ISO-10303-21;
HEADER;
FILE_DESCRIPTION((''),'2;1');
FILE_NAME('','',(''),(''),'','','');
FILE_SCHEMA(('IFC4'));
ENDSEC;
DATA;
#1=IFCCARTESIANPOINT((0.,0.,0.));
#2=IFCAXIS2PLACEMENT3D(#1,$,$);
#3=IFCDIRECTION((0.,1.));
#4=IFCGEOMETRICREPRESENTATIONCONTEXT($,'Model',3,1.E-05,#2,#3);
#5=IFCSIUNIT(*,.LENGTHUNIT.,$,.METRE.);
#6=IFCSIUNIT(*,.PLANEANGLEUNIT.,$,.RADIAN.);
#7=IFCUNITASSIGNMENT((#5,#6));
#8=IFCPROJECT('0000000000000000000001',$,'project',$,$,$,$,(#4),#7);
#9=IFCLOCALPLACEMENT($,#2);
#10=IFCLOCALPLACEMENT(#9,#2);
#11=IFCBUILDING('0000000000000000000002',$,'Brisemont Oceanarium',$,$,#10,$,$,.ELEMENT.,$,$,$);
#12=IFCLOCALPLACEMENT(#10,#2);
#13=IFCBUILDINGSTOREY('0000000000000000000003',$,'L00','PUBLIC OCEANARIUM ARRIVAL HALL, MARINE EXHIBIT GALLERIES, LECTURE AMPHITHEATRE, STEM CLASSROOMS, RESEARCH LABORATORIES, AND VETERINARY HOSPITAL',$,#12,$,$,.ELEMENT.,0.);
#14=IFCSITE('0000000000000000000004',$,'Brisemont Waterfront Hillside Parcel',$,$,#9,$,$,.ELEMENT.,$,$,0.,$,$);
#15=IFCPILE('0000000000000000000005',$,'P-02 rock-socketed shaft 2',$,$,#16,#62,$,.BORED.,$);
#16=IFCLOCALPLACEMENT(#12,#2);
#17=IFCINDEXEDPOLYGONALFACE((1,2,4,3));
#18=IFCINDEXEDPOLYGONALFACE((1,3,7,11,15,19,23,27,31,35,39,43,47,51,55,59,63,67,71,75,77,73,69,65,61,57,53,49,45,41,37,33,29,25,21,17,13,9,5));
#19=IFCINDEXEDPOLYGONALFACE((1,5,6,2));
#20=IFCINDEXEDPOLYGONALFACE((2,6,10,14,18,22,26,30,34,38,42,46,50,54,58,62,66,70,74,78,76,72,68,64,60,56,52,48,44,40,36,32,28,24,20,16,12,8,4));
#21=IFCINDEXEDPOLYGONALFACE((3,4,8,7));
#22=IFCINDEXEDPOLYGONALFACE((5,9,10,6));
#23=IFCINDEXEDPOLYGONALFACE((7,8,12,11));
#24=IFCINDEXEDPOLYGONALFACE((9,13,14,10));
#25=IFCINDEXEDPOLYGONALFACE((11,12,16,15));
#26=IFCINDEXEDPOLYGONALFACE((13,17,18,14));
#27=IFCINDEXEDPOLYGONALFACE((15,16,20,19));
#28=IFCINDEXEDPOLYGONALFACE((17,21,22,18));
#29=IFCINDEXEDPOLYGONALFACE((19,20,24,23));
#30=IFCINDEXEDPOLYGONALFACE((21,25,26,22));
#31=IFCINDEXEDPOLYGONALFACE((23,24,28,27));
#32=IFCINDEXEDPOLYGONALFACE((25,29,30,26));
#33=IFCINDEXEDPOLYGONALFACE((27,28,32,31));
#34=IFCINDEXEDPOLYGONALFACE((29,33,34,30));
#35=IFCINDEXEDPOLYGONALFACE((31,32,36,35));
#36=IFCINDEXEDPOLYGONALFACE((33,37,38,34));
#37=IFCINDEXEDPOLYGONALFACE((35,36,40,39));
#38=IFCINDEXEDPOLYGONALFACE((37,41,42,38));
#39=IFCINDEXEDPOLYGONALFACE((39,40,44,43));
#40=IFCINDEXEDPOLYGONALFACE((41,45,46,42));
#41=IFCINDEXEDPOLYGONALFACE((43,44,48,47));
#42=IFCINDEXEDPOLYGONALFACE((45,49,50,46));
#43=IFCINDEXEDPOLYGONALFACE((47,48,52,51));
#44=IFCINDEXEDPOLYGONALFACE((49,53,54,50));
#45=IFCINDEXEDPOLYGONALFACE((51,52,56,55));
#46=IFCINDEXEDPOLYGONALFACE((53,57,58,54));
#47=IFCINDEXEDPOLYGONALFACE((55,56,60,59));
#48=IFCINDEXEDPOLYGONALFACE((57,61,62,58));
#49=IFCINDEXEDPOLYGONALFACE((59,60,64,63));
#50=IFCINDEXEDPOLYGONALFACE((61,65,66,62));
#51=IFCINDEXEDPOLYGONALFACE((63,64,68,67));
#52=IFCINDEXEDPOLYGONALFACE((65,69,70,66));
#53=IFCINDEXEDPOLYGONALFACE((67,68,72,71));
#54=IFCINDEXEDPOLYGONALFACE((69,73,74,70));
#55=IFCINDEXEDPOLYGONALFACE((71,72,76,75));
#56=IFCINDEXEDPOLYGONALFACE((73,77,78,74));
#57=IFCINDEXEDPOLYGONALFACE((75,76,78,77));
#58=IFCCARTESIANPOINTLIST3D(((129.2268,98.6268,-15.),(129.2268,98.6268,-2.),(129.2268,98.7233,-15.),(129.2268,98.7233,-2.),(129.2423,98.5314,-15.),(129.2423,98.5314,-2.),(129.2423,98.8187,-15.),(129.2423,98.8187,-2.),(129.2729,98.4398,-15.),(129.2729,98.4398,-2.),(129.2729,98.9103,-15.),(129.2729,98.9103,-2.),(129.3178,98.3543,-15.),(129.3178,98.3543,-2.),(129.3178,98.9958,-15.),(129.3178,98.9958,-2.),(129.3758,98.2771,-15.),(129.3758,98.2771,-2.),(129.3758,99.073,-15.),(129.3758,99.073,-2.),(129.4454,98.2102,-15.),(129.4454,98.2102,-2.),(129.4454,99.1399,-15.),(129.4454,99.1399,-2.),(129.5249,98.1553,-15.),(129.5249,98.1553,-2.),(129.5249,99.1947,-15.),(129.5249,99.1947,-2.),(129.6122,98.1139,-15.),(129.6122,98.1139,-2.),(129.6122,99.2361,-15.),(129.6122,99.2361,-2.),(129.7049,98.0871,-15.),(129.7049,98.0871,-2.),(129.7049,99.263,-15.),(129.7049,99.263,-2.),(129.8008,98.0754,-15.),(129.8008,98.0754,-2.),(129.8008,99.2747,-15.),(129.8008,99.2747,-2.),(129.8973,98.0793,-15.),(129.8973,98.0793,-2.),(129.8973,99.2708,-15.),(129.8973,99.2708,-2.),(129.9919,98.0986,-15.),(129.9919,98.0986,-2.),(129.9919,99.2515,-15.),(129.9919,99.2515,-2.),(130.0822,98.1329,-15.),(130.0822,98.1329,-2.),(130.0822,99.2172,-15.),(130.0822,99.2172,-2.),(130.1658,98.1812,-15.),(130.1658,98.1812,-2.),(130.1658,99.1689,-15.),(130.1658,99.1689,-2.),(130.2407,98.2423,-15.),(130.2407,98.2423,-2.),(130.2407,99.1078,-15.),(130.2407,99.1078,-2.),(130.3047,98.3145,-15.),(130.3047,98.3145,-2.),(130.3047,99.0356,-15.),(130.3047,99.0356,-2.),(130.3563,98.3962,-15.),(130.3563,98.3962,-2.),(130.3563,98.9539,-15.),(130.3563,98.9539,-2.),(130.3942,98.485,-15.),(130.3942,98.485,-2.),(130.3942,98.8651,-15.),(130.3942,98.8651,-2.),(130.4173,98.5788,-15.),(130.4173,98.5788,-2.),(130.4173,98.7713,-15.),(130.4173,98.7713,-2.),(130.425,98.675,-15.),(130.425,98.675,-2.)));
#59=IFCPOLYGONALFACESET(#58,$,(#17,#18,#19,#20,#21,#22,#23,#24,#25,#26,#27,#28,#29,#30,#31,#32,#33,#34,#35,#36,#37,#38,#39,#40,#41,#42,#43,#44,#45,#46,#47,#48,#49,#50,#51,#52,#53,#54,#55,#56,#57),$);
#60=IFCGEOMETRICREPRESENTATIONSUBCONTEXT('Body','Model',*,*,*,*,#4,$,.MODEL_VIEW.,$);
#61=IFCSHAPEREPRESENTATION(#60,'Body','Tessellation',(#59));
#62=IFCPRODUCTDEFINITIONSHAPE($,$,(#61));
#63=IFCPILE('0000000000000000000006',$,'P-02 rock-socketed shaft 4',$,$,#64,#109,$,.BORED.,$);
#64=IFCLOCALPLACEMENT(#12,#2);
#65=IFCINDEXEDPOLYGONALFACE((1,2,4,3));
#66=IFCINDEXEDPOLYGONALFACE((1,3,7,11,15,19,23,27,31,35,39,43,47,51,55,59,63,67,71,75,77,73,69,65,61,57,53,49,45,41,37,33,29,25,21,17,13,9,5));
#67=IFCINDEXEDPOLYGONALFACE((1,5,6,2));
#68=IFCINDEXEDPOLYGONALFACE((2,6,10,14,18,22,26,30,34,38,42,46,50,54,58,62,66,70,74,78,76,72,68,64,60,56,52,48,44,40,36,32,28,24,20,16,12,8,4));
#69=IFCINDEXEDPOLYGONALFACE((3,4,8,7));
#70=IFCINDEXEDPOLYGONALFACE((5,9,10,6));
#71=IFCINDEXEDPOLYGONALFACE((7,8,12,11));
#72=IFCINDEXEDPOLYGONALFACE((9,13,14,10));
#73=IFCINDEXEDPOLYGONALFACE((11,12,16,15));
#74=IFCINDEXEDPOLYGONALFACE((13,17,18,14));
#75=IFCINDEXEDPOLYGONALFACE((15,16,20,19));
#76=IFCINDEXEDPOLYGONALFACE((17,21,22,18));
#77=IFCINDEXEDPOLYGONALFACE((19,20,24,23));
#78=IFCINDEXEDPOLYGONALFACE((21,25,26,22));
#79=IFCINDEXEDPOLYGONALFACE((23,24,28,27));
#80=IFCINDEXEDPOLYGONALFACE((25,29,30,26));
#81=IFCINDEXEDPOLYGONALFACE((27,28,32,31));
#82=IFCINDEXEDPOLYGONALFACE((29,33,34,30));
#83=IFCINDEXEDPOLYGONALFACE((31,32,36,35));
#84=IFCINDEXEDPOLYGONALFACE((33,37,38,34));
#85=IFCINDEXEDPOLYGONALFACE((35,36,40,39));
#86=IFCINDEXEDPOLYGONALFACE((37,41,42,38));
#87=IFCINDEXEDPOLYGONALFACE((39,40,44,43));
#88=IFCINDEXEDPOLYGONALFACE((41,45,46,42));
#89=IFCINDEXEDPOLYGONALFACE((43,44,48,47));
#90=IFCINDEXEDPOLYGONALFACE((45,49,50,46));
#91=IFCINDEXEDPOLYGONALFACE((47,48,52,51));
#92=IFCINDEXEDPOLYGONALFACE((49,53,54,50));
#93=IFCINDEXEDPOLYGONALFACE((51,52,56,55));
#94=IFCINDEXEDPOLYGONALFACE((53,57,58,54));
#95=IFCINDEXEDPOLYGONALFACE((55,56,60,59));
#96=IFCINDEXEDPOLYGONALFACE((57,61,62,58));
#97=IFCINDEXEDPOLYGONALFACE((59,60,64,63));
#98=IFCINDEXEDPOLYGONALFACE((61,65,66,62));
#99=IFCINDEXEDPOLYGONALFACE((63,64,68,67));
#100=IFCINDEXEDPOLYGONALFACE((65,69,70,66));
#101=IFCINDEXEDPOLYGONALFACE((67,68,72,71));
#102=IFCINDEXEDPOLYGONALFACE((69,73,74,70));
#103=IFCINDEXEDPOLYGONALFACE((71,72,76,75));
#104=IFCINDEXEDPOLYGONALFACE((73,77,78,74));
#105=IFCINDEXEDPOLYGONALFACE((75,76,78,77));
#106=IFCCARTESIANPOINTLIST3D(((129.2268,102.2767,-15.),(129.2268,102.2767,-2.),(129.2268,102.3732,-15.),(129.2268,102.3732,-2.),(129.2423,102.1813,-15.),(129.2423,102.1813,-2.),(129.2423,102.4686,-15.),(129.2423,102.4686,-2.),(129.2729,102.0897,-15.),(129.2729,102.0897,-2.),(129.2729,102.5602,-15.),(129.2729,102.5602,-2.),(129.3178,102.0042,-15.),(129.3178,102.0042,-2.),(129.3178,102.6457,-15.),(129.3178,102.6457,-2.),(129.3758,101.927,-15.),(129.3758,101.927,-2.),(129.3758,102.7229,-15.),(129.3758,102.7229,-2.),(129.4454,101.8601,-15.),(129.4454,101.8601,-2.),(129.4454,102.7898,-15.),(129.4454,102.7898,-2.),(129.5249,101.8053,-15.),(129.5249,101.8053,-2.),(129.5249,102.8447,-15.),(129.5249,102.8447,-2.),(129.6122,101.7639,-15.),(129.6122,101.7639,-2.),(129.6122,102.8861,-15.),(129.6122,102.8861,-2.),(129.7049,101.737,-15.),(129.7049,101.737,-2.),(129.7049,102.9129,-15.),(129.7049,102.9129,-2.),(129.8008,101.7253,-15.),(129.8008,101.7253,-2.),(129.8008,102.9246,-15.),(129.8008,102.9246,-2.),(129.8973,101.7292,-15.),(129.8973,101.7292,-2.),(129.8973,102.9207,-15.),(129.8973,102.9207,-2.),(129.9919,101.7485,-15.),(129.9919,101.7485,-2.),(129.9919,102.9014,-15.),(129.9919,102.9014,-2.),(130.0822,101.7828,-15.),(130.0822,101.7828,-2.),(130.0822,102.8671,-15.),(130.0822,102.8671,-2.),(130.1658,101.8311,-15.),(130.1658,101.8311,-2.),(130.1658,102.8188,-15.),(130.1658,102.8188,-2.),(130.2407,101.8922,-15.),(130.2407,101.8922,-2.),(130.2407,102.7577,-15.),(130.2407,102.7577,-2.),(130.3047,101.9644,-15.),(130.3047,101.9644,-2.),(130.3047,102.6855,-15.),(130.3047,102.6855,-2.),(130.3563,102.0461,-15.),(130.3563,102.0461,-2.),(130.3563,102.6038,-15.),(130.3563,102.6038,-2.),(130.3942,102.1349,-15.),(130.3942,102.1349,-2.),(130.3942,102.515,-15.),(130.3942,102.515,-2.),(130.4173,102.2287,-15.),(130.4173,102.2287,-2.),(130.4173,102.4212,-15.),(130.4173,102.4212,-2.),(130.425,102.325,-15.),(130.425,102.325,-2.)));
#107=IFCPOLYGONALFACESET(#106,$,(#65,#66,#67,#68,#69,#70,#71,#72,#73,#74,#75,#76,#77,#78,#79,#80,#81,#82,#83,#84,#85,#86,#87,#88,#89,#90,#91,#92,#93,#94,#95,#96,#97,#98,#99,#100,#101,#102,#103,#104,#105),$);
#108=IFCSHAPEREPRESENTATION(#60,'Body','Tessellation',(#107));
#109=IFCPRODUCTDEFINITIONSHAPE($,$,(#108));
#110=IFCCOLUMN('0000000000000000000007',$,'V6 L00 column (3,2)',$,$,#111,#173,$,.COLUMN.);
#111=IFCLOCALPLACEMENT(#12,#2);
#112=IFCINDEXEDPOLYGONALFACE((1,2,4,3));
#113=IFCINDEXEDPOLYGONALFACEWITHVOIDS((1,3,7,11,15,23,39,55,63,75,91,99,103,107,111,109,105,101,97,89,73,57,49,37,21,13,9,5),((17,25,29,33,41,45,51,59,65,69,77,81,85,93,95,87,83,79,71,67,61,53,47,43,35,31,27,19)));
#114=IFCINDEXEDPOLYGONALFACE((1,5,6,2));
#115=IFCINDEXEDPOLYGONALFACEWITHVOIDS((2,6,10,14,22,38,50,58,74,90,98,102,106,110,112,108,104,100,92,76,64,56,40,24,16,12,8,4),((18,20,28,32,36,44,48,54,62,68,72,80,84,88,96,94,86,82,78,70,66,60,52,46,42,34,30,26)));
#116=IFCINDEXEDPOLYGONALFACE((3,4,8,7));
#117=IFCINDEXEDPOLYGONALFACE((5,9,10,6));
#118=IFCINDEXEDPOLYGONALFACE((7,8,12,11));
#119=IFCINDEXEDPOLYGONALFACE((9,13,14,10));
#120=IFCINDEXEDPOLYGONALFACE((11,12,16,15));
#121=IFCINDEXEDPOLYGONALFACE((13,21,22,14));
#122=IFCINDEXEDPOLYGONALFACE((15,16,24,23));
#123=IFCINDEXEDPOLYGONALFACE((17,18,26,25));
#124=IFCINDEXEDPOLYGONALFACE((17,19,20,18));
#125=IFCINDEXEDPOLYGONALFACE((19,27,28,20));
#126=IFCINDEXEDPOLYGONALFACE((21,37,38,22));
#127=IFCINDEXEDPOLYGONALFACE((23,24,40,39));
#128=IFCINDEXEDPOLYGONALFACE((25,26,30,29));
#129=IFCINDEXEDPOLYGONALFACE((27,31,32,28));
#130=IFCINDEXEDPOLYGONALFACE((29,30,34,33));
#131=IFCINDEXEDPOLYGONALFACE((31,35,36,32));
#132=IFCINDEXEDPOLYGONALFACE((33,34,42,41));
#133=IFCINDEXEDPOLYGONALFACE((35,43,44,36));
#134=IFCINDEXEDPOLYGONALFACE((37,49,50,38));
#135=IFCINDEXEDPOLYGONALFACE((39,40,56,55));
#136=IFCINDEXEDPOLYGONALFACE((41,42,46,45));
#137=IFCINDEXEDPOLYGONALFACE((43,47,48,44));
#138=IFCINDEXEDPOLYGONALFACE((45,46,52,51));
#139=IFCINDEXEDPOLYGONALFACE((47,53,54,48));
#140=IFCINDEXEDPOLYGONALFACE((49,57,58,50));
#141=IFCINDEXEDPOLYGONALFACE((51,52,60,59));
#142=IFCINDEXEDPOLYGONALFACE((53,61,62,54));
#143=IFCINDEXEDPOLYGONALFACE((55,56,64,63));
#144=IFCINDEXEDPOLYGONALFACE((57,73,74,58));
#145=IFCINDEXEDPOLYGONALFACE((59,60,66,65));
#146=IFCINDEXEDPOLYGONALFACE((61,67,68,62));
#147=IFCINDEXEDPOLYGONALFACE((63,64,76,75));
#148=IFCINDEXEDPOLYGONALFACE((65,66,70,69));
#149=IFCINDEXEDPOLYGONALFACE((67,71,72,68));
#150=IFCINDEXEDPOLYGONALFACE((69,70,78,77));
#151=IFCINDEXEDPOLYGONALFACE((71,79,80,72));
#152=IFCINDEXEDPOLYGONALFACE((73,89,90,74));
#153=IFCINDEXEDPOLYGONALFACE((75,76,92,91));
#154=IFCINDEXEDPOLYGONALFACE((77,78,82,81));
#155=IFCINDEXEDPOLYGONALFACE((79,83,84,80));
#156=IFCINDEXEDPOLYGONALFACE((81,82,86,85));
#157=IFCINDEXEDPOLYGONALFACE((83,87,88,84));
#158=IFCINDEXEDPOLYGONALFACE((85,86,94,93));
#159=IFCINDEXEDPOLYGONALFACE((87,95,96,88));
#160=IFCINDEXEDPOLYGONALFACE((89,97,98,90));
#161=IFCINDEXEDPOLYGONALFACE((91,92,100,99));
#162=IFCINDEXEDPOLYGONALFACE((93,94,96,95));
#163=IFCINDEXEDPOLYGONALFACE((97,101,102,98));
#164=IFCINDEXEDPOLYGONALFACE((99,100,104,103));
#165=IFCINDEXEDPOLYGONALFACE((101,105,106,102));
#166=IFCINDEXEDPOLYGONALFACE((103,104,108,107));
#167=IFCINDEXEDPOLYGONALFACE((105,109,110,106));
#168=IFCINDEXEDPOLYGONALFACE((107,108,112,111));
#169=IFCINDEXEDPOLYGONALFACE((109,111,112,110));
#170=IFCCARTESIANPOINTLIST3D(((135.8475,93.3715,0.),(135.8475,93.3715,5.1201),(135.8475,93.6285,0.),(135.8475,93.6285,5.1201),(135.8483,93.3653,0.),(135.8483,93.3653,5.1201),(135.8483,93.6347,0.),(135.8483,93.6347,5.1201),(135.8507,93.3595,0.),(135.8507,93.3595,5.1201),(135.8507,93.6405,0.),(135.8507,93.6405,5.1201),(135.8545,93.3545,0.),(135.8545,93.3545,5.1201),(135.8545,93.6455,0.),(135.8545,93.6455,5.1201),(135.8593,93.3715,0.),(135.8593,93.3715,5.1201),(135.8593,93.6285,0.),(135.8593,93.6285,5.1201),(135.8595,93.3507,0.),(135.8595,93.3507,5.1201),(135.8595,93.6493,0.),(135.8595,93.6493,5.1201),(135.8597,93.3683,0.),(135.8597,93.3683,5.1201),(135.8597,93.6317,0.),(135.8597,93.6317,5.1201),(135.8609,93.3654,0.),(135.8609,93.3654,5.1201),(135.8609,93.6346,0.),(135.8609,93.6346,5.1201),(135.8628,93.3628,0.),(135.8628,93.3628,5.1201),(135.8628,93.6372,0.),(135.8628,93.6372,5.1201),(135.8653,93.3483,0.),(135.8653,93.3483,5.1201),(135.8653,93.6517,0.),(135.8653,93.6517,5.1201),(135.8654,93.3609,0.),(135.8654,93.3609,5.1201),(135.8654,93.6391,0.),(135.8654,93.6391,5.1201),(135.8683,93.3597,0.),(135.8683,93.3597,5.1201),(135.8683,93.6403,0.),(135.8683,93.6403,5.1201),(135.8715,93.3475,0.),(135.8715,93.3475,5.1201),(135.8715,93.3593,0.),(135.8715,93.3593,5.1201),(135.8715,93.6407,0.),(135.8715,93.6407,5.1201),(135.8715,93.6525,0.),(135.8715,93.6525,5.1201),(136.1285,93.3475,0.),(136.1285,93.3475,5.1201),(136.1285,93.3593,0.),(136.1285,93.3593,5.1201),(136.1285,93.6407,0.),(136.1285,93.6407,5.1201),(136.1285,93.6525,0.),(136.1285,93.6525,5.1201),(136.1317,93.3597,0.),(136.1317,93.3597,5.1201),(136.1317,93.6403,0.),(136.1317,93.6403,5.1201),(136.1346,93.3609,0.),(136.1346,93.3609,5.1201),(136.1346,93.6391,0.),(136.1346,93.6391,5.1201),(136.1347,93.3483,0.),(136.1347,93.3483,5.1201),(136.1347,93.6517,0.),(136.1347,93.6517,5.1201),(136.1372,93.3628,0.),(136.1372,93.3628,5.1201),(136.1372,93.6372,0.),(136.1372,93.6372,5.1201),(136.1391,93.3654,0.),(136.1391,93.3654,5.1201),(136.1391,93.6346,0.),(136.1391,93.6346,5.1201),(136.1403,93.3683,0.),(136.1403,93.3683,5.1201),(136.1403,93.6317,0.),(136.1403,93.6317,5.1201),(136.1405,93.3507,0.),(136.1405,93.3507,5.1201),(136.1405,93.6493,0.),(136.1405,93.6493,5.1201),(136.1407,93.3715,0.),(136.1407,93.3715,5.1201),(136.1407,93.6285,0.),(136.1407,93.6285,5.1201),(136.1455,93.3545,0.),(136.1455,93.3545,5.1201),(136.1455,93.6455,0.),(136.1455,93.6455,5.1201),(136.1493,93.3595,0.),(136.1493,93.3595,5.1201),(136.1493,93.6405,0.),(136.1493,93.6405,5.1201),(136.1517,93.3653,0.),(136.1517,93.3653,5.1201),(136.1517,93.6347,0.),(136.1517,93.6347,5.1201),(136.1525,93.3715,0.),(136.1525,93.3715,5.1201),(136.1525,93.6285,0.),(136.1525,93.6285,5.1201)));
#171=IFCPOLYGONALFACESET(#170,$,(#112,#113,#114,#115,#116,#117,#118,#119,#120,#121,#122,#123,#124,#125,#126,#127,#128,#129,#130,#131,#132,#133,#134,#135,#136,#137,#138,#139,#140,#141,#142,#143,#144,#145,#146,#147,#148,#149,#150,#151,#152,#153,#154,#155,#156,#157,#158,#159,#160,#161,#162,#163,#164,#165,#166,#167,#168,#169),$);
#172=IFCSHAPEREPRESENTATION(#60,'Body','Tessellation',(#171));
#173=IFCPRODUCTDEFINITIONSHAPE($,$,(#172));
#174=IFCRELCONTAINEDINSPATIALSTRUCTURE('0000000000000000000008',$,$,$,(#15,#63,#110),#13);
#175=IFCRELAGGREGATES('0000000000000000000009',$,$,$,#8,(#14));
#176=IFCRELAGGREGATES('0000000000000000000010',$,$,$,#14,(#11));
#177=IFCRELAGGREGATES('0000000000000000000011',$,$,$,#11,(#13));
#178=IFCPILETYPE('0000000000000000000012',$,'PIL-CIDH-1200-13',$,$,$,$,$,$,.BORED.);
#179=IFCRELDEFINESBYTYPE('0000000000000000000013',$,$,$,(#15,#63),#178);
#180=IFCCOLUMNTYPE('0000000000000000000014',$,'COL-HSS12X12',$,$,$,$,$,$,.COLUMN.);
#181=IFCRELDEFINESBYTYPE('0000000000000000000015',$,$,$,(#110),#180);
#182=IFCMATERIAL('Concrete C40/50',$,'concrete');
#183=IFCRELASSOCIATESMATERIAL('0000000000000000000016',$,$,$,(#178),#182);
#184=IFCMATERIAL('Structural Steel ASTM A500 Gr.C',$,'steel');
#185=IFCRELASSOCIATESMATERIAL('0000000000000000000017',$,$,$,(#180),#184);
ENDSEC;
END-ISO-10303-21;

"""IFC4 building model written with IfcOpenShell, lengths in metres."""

from ifc_helpers import new_model, si_unit, direction, frame, origin, origin_2d, place, context, subcontext, project, spatial, hollow_rectangle, circle, extrude, material, material_profile, profile_set, type_object, element, save


model = new_model("IFC4")

# Units and contexts
model_context = context("Model", 3, precision=1e-05, world=origin(), true_north=direction((0.0, 1.0)))
body_context = subcontext(model_context, "Body", "Model", "MODEL_VIEW")
ifc_project = project(units=[si_unit("LENGTHUNIT", "METRE"), si_unit("PLANEANGLEUNIT", "RADIAN")], contexts=[model_context])

# Site, building, storey
site_placement = place(None, origin())
site = spatial("IfcSite", under=ifc_project, at=site_placement, Name="Brisemont Waterfront Hillside Parcel", CompositionType="ELEMENT", RefElevation=0.0)
building_placement = place(site_placement, origin())
building = spatial("IfcBuilding", under=site, at=building_placement, Name="Brisemont Oceanarium", CompositionType="ELEMENT")
storey_placement = place(building_placement, origin())
storey = spatial("IfcBuildingStorey", under=building, at=storey_placement, Name="L00", Description="PUBLIC OCEANARIUM ARRIVAL HALL, MARINE EXHIBIT GALLERIES, LECTURE AMPHITHEATRE, STEM CLASSROOMS, RESEARCH LABORATORIES, AND VETERINARY HOSPITAL", CompositionType="ELEMENT", Elevation=0.0)

# Piles
ifc_material_1 = material(Name="Concrete C40/50", Category="concrete")
ifc_material_profile_1 = material_profile(ifc_material_1, circle(Radius=0.6001, at=origin_2d()), Name="CIDH-D1200")
ifc_profile_set_1 = profile_set([ifc_material_profile_1], Name="Concrete C40/50")
pile_type_1 = type_object("IfcPileType", Name="PIL-CIDH-1200-13", PredefinedType="BORED", material=ifc_profile_set_1)
for number, where, z_axis, x_axis, name in (
    (1, (129.825, 98.675, -2.0), (0.0, 0.0, -1.0), (1.0, 0.0, 0.0), "P-02 rock-socketed shaft 2"),
    (2, (129.825, 102.325, -2.0), (0.0, 0.0, -1.0), (1.0, 0.0, 0.0), "P-02 rock-socketed shaft 4"),
):
    element("IfcPile", number, at=place(storey_placement, frame(where, z_axis=z_axis, x_axis=x_axis)), inside=storey, type_object=pile_type_1, Name=name, PredefinedType="BORED", context=body_context, shape_type="SweptSolid", body=[
        extrude(circle(Radius=0.6001, at=origin_2d()), origin(), (0.0, 0.0, 1.0), 13.0),
    ])

# Column
ifc_material_2 = material(Name="Structural Steel ASTM A500 Gr.C", Category="steel")
ifc_material_profile_2 = material_profile(ifc_material_2, hollow_rectangle(XDim=0.3049, YDim=0.3049, WallThickness=0.0117, InnerFilletRadius=0.0122, OuterFilletRadius=0.0239, at=origin_2d()), Name="HSS12X12X1/2")
ifc_profile_set_2 = profile_set([ifc_material_profile_2], Name="Structural Steel ASTM A500 Gr.C")
column_type_1 = type_object("IfcColumnType", Name="COL-HSS12X12", PredefinedType="COLUMN", material=ifc_profile_set_2)
column_1_placement = place(storey_placement, frame((136.0, 93.5, 0.0), z_axis=(0.0, 0.0, 1.0), x_axis=(0.0, 1.0, 0.0)))
element("IfcColumn", 3, at=column_1_placement, inside=storey, type_object=column_type_1, Name="V6 L00 column (3,2)", PredefinedType="COLUMN", context=body_context, shape_type="SweptSolid", body=[
    extrude(hollow_rectangle(XDim=0.3049, YDim=0.3049, WallThickness=0.0117, InnerFilletRadius=0.0122, OuterFilletRadius=0.0239, at=origin_2d()), origin(), (0.0, 0.0, 1.0), 5.1201),
])

save(model, "model.ifc")
